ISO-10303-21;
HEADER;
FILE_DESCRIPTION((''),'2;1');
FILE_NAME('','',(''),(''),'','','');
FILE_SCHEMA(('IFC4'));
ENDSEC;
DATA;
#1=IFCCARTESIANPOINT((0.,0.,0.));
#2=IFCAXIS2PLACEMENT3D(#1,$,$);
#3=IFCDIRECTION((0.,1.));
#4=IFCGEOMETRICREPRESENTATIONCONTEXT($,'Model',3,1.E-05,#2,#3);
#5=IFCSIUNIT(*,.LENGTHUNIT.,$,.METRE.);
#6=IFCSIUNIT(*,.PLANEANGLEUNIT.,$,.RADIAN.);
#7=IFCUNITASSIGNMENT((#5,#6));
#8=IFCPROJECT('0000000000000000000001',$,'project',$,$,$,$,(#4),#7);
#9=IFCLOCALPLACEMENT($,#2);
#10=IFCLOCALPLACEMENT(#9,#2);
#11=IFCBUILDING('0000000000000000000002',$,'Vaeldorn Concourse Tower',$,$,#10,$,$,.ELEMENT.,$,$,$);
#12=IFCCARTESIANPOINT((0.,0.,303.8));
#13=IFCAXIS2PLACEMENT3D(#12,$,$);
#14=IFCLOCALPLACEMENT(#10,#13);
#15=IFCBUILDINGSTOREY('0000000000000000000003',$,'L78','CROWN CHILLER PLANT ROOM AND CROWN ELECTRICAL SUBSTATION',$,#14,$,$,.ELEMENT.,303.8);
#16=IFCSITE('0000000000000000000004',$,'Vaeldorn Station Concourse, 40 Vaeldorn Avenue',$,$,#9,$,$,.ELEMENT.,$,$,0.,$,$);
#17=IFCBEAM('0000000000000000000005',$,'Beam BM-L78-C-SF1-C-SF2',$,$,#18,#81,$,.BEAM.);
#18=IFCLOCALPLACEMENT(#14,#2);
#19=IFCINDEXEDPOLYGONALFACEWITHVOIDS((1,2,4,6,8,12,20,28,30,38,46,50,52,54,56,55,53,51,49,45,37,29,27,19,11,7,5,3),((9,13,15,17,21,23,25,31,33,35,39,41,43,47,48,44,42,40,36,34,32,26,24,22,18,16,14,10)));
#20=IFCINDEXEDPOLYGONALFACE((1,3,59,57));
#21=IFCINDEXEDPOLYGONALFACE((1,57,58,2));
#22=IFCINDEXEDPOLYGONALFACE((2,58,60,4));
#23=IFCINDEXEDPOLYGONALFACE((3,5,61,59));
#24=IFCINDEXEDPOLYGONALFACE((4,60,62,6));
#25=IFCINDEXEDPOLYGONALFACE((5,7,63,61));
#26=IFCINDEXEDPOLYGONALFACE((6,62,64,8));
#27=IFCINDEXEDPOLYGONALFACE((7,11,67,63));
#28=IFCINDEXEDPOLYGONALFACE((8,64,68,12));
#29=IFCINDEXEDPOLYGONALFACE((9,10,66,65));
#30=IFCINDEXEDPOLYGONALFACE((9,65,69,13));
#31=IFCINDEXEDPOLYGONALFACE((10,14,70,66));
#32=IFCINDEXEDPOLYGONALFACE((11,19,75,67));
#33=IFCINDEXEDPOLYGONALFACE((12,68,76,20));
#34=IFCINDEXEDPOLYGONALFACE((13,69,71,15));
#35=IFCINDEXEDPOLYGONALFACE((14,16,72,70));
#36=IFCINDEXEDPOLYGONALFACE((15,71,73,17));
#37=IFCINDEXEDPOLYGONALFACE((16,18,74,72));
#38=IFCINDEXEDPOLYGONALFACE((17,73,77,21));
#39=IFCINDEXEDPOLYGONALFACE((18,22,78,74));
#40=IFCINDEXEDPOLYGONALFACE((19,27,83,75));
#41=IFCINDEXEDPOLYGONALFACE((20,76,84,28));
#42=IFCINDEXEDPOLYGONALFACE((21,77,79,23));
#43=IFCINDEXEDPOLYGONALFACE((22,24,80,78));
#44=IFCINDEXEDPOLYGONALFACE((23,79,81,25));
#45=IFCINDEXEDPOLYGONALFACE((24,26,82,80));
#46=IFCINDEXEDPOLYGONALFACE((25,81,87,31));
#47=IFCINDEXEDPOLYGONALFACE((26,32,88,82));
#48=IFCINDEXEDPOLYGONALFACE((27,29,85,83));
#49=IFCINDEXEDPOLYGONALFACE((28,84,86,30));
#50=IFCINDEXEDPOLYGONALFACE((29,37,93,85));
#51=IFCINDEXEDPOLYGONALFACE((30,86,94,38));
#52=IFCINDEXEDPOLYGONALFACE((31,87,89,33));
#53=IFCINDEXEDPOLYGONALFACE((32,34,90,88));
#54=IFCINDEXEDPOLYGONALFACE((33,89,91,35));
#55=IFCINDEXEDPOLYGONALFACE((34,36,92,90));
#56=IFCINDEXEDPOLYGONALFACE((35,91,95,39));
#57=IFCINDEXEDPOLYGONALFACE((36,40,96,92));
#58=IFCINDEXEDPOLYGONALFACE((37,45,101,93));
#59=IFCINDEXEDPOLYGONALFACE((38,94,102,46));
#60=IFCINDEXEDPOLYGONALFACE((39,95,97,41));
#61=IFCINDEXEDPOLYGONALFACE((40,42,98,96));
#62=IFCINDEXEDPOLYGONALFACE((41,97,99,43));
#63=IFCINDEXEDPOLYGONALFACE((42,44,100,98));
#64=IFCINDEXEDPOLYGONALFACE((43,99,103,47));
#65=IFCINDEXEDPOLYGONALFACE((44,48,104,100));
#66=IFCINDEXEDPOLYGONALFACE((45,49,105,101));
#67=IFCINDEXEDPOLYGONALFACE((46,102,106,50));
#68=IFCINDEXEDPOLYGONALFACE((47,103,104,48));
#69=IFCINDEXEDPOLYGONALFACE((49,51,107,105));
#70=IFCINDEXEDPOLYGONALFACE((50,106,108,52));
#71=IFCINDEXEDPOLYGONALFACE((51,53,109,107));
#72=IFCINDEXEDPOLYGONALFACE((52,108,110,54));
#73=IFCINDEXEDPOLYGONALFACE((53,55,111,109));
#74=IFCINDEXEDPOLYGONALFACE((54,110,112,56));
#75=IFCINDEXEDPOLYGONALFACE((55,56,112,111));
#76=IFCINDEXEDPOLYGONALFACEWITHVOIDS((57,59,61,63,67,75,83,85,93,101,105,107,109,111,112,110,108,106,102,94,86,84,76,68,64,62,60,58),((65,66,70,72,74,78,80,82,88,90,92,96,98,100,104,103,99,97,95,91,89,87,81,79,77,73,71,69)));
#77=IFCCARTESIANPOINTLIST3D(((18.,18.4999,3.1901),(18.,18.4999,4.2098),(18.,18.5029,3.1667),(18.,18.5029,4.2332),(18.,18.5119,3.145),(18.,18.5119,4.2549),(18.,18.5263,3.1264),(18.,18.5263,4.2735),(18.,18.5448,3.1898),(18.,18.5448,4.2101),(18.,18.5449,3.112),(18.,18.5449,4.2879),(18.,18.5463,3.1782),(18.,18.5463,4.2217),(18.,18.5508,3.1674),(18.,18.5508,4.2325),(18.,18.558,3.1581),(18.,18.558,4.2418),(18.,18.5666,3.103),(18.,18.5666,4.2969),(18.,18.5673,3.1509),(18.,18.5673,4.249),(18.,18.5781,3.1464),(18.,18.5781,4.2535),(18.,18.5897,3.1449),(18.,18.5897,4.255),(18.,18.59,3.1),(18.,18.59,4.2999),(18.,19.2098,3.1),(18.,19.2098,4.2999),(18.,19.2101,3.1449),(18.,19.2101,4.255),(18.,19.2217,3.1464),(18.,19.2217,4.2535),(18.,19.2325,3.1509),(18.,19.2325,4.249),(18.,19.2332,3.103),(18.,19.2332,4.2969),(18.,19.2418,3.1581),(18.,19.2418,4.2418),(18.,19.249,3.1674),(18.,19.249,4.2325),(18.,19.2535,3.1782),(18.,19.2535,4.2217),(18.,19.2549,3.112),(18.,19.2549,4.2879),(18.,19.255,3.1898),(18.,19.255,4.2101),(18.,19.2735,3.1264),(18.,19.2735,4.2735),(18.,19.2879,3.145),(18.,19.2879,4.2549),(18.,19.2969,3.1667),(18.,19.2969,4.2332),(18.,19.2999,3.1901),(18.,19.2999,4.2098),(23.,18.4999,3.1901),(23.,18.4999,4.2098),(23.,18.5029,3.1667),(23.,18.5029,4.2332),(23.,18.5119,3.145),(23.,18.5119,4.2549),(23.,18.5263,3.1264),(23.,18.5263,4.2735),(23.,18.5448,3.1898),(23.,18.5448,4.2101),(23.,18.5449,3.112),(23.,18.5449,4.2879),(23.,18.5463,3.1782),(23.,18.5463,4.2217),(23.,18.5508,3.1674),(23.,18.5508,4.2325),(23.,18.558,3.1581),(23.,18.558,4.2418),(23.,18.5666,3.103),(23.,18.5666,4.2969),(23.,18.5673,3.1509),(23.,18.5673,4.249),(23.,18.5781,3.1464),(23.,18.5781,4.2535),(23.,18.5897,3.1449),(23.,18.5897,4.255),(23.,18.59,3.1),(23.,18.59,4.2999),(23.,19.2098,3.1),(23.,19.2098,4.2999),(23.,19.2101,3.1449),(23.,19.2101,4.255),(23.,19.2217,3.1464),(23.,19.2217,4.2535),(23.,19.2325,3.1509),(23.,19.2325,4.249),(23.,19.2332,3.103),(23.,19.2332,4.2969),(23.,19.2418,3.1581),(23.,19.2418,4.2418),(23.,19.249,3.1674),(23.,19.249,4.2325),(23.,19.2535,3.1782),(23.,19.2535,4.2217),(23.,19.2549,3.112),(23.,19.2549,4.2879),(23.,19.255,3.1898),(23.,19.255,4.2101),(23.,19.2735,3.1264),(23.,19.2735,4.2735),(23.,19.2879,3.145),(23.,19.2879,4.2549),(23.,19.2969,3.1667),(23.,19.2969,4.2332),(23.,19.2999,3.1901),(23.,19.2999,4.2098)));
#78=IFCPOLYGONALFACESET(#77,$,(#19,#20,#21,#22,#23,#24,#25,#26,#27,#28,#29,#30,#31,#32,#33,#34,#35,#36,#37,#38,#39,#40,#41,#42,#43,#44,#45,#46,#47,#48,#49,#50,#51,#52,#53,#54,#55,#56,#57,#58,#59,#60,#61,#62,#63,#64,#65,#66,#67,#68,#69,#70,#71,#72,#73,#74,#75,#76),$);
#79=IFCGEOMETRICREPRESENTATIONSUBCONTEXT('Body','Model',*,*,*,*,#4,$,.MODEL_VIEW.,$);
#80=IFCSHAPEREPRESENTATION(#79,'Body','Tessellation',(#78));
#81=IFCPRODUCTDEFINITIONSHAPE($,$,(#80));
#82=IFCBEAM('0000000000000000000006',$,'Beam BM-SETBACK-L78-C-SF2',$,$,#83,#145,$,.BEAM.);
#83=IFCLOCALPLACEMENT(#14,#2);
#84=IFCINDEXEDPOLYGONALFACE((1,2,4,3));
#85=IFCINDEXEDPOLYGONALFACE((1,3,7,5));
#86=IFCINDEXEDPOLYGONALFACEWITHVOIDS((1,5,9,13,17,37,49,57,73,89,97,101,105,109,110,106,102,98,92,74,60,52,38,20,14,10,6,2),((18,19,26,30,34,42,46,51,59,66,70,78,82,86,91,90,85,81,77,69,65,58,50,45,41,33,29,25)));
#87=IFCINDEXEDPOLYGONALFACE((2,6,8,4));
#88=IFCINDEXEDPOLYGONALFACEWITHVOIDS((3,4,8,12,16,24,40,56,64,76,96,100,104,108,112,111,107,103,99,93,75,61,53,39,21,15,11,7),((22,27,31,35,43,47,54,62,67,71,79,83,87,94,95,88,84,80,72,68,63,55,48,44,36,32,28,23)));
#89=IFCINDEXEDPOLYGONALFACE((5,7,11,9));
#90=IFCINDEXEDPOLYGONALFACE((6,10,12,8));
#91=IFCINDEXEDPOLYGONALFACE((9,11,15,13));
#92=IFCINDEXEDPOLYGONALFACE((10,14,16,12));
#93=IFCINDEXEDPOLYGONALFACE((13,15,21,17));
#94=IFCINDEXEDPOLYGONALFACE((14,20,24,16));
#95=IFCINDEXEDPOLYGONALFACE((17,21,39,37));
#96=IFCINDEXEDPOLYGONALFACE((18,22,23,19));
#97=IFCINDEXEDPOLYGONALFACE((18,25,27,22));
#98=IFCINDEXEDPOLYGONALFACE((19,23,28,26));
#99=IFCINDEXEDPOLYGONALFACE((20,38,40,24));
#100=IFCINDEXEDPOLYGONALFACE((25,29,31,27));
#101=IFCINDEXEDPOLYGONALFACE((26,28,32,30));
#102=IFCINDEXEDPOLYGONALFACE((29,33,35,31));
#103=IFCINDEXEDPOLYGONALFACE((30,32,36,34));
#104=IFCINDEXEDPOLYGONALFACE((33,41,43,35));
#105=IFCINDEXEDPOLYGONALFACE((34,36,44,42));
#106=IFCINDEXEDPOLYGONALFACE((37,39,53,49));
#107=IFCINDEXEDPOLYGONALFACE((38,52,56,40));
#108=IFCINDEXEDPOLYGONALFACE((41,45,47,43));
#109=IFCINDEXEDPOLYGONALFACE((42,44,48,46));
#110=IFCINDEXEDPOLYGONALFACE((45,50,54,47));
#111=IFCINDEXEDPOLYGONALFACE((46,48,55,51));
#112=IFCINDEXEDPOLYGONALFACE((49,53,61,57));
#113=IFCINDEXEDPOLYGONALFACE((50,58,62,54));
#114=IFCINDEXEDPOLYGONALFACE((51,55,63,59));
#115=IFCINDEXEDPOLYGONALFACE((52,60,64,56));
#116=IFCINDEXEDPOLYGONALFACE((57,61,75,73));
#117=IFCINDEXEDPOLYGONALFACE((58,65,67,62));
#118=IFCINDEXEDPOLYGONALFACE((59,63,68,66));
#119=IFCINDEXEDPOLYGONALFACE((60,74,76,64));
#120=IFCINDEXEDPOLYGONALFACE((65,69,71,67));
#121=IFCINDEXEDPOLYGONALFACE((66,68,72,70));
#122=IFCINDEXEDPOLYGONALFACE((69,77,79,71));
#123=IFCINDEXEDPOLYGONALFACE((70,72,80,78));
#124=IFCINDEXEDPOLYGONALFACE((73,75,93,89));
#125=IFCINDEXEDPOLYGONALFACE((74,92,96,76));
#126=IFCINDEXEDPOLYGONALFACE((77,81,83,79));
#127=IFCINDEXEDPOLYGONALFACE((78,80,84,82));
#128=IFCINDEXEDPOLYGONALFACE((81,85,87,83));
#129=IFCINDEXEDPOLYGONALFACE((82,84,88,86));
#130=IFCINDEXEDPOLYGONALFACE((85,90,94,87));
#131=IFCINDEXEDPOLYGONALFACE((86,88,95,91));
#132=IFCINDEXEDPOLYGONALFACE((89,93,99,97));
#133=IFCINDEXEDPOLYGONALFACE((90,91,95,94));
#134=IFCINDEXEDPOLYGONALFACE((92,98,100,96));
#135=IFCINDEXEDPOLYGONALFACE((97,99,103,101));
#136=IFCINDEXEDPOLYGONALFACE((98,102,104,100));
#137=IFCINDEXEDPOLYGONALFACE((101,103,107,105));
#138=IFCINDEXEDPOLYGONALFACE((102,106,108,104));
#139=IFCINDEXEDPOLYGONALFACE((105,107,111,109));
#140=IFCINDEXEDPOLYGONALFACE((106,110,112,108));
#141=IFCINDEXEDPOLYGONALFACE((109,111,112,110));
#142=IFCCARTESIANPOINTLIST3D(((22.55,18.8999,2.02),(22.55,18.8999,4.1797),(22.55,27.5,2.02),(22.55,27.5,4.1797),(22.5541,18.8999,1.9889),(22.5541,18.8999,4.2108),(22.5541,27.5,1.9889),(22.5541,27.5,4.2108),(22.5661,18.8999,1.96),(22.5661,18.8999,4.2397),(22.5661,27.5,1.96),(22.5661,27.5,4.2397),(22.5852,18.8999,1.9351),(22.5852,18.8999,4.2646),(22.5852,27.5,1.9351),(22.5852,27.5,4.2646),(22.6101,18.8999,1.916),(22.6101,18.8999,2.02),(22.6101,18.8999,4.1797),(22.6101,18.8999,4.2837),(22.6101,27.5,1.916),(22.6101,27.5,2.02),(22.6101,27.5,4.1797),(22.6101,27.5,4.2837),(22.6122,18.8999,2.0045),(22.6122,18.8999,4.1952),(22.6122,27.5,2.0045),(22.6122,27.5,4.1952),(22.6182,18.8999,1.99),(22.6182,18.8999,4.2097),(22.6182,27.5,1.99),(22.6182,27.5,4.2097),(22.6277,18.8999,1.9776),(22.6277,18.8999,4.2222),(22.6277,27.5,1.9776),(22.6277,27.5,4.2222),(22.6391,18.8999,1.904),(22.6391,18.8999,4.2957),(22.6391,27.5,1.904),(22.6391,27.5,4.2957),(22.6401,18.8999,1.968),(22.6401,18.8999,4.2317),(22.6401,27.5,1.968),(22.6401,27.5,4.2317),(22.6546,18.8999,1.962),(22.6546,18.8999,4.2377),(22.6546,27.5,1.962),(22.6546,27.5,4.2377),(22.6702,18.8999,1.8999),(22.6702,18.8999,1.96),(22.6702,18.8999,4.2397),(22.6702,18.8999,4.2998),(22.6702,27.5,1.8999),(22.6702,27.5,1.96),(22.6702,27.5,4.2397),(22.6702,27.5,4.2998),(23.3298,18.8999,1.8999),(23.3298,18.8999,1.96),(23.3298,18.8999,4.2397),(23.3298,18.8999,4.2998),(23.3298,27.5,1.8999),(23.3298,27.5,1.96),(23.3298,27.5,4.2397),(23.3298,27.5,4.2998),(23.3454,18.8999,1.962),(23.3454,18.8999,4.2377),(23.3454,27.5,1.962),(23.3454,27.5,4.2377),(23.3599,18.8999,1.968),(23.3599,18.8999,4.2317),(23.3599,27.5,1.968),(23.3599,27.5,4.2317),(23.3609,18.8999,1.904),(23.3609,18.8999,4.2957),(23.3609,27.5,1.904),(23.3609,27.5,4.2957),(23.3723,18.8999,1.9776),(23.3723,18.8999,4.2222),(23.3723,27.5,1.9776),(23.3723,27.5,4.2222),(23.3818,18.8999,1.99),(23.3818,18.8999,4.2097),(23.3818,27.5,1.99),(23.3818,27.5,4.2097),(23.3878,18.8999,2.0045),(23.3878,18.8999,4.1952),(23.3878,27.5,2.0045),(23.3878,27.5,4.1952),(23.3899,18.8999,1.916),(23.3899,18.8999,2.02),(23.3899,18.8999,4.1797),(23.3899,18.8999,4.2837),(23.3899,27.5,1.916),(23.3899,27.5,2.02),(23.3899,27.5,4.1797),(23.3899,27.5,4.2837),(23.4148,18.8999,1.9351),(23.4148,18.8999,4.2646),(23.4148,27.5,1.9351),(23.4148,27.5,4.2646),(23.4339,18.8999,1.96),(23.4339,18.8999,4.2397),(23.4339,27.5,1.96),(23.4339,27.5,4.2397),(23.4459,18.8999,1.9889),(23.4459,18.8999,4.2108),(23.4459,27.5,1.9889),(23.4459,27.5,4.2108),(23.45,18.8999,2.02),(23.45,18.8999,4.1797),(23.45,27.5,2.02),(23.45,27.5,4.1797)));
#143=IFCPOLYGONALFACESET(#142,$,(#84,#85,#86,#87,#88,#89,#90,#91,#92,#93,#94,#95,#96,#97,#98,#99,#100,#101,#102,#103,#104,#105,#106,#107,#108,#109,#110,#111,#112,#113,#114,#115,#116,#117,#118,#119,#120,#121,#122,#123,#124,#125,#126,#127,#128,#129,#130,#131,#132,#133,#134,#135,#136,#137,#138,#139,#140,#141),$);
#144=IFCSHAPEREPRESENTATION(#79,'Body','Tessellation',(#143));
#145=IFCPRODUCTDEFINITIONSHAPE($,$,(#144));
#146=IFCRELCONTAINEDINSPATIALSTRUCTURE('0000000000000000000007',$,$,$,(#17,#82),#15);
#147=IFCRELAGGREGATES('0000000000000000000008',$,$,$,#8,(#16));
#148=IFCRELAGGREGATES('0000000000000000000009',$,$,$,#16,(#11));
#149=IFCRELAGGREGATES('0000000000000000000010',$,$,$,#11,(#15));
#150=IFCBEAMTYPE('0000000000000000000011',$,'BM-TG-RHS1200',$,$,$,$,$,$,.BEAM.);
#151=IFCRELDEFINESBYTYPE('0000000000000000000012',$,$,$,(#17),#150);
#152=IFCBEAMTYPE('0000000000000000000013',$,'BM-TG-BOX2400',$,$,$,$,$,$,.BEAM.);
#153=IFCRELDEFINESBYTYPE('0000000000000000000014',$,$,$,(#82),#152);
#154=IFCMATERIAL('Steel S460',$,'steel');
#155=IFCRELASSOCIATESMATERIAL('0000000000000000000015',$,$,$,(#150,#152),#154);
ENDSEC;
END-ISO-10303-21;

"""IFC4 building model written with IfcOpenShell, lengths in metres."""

from ifc_helpers import new_model, si_unit, direction, frame, origin, origin_2d, place, context, subcontext, project, spatial, hollow_rectangle, extrude, source, transform, mapped, material, material_profile, profile_set, type_object, element, save


model = new_model("IFC4")

# Units and contexts
model_context = context("Model", 3, precision=1e-05, world=origin(), true_north=direction((0.0, 1.0)))
body_context = subcontext(model_context, "Body", "Model", "MODEL_VIEW")
ifc_project = project(units=[si_unit("LENGTHUNIT", "METRE"), si_unit("PLANEANGLEUNIT", "RADIAN")], contexts=[model_context])

# Site, building, storey
site_placement = place(None, origin())
site = spatial("IfcSite", under=ifc_project, at=site_placement, Name="Vaeldorn Station Concourse, 40 Vaeldorn Avenue", CompositionType="ELEMENT", RefElevation=0.0)
building_placement = place(site_placement, origin())
building = spatial("IfcBuilding", under=site, at=building_placement, Name="Vaeldorn Concourse Tower", CompositionType="ELEMENT")
storey_placement = place(building_placement, frame((0.0, 0.0, 303.8)))
storey = spatial("IfcBuildingStorey", under=building, at=storey_placement, Name="L78", Description="CROWN CHILLER PLANT ROOM AND CROWN ELECTRICAL SUBSTATION", CompositionType="ELEMENT", Elevation=303.8)

# Beams
ifc_material_1 = material(Name="Steel S460", Category="steel")
ifc_material_profile_1 = material_profile(ifc_material_1, hollow_rectangle(XDim=0.8, YDim=1.2, WallThickness=0.0449, InnerFilletRadius=0.0449, OuterFilletRadius=0.0901, at=origin_2d()), Name="RHS 1200x800x45")
ifc_profile_set_1 = profile_set([ifc_material_profile_1], Name="Steel S460")
beam_type_1 = type_object("IfcBeamType", Name="BM-TG-RHS1200", PredefinedType="BEAM", material=ifc_profile_set_1)
shared_shape_1 = source(origin(), body_context, "Body", "SweptSolid", [
    extrude(hollow_rectangle(XDim=0.8, YDim=1.2, WallThickness=0.0449, InnerFilletRadius=0.0449, OuterFilletRadius=0.0901, at=origin_2d()), origin(), (0.0, 0.0, 1.0), 5.0),
])
beam_1_placement = place(storey_placement, frame((18.0, 18.8999, 3.7), z_axis=(1.0, 0.0, 0.0), x_axis=(0.0, 1.0, 0.0)))
element("IfcBeam", 1, at=beam_1_placement, inside=storey, type_object=beam_type_1, Name="Beam BM-L78-C-SF1-C-SF2", PredefinedType="BEAM", context=body_context, shape_type="MappedRepresentation", body=[
    mapped(shared_shape_1, transform((0.0, 0.0, 0.0), scale=1.0)),
])
ifc_material_profile_2 = material_profile(ifc_material_1, hollow_rectangle(XDim=0.8999, YDim=2.3999, WallThickness=0.0601, InnerFilletRadius=0.0601, OuterFilletRadius=0.1201, at=origin_2d()), Name="RHS 2400x900x60")
ifc_profile_set_2 = profile_set([ifc_material_profile_2], Name="Steel S460")
beam_type_2 = type_object("IfcBeamType", Name="BM-TG-BOX2400", PredefinedType="BEAM", material=ifc_profile_set_2)
shared_shape_2 = source(origin(), body_context, "Body", "SweptSolid", [
    extrude(hollow_rectangle(XDim=0.8999, YDim=2.3999, WallThickness=0.0601, InnerFilletRadius=0.0601, OuterFilletRadius=0.1201, at=origin_2d()), origin(), (0.0, 0.0, 1.0), 8.6001),
])
for number, where, z_axis, x_axis, name in (
    (2, (23.0, 18.8999, 3.0999), (0.0, 1.0, 0.0), (-1.0, 0.0, 0.0), "Beam BM-SETBACK-L78-C-SF2"),
):
    element("IfcBeam", number, at=place(storey_placement, frame(where, z_axis=z_axis, x_axis=x_axis)), inside=storey, type_object=beam_type_2, Name=name, PredefinedType="BEAM", context=body_context, shape_type="MappedRepresentation", body=[
        mapped(shared_shape_2, transform((0.0, 0.0, 0.0), scale=1.0)),
    ])

save(model, "model.ifc")
